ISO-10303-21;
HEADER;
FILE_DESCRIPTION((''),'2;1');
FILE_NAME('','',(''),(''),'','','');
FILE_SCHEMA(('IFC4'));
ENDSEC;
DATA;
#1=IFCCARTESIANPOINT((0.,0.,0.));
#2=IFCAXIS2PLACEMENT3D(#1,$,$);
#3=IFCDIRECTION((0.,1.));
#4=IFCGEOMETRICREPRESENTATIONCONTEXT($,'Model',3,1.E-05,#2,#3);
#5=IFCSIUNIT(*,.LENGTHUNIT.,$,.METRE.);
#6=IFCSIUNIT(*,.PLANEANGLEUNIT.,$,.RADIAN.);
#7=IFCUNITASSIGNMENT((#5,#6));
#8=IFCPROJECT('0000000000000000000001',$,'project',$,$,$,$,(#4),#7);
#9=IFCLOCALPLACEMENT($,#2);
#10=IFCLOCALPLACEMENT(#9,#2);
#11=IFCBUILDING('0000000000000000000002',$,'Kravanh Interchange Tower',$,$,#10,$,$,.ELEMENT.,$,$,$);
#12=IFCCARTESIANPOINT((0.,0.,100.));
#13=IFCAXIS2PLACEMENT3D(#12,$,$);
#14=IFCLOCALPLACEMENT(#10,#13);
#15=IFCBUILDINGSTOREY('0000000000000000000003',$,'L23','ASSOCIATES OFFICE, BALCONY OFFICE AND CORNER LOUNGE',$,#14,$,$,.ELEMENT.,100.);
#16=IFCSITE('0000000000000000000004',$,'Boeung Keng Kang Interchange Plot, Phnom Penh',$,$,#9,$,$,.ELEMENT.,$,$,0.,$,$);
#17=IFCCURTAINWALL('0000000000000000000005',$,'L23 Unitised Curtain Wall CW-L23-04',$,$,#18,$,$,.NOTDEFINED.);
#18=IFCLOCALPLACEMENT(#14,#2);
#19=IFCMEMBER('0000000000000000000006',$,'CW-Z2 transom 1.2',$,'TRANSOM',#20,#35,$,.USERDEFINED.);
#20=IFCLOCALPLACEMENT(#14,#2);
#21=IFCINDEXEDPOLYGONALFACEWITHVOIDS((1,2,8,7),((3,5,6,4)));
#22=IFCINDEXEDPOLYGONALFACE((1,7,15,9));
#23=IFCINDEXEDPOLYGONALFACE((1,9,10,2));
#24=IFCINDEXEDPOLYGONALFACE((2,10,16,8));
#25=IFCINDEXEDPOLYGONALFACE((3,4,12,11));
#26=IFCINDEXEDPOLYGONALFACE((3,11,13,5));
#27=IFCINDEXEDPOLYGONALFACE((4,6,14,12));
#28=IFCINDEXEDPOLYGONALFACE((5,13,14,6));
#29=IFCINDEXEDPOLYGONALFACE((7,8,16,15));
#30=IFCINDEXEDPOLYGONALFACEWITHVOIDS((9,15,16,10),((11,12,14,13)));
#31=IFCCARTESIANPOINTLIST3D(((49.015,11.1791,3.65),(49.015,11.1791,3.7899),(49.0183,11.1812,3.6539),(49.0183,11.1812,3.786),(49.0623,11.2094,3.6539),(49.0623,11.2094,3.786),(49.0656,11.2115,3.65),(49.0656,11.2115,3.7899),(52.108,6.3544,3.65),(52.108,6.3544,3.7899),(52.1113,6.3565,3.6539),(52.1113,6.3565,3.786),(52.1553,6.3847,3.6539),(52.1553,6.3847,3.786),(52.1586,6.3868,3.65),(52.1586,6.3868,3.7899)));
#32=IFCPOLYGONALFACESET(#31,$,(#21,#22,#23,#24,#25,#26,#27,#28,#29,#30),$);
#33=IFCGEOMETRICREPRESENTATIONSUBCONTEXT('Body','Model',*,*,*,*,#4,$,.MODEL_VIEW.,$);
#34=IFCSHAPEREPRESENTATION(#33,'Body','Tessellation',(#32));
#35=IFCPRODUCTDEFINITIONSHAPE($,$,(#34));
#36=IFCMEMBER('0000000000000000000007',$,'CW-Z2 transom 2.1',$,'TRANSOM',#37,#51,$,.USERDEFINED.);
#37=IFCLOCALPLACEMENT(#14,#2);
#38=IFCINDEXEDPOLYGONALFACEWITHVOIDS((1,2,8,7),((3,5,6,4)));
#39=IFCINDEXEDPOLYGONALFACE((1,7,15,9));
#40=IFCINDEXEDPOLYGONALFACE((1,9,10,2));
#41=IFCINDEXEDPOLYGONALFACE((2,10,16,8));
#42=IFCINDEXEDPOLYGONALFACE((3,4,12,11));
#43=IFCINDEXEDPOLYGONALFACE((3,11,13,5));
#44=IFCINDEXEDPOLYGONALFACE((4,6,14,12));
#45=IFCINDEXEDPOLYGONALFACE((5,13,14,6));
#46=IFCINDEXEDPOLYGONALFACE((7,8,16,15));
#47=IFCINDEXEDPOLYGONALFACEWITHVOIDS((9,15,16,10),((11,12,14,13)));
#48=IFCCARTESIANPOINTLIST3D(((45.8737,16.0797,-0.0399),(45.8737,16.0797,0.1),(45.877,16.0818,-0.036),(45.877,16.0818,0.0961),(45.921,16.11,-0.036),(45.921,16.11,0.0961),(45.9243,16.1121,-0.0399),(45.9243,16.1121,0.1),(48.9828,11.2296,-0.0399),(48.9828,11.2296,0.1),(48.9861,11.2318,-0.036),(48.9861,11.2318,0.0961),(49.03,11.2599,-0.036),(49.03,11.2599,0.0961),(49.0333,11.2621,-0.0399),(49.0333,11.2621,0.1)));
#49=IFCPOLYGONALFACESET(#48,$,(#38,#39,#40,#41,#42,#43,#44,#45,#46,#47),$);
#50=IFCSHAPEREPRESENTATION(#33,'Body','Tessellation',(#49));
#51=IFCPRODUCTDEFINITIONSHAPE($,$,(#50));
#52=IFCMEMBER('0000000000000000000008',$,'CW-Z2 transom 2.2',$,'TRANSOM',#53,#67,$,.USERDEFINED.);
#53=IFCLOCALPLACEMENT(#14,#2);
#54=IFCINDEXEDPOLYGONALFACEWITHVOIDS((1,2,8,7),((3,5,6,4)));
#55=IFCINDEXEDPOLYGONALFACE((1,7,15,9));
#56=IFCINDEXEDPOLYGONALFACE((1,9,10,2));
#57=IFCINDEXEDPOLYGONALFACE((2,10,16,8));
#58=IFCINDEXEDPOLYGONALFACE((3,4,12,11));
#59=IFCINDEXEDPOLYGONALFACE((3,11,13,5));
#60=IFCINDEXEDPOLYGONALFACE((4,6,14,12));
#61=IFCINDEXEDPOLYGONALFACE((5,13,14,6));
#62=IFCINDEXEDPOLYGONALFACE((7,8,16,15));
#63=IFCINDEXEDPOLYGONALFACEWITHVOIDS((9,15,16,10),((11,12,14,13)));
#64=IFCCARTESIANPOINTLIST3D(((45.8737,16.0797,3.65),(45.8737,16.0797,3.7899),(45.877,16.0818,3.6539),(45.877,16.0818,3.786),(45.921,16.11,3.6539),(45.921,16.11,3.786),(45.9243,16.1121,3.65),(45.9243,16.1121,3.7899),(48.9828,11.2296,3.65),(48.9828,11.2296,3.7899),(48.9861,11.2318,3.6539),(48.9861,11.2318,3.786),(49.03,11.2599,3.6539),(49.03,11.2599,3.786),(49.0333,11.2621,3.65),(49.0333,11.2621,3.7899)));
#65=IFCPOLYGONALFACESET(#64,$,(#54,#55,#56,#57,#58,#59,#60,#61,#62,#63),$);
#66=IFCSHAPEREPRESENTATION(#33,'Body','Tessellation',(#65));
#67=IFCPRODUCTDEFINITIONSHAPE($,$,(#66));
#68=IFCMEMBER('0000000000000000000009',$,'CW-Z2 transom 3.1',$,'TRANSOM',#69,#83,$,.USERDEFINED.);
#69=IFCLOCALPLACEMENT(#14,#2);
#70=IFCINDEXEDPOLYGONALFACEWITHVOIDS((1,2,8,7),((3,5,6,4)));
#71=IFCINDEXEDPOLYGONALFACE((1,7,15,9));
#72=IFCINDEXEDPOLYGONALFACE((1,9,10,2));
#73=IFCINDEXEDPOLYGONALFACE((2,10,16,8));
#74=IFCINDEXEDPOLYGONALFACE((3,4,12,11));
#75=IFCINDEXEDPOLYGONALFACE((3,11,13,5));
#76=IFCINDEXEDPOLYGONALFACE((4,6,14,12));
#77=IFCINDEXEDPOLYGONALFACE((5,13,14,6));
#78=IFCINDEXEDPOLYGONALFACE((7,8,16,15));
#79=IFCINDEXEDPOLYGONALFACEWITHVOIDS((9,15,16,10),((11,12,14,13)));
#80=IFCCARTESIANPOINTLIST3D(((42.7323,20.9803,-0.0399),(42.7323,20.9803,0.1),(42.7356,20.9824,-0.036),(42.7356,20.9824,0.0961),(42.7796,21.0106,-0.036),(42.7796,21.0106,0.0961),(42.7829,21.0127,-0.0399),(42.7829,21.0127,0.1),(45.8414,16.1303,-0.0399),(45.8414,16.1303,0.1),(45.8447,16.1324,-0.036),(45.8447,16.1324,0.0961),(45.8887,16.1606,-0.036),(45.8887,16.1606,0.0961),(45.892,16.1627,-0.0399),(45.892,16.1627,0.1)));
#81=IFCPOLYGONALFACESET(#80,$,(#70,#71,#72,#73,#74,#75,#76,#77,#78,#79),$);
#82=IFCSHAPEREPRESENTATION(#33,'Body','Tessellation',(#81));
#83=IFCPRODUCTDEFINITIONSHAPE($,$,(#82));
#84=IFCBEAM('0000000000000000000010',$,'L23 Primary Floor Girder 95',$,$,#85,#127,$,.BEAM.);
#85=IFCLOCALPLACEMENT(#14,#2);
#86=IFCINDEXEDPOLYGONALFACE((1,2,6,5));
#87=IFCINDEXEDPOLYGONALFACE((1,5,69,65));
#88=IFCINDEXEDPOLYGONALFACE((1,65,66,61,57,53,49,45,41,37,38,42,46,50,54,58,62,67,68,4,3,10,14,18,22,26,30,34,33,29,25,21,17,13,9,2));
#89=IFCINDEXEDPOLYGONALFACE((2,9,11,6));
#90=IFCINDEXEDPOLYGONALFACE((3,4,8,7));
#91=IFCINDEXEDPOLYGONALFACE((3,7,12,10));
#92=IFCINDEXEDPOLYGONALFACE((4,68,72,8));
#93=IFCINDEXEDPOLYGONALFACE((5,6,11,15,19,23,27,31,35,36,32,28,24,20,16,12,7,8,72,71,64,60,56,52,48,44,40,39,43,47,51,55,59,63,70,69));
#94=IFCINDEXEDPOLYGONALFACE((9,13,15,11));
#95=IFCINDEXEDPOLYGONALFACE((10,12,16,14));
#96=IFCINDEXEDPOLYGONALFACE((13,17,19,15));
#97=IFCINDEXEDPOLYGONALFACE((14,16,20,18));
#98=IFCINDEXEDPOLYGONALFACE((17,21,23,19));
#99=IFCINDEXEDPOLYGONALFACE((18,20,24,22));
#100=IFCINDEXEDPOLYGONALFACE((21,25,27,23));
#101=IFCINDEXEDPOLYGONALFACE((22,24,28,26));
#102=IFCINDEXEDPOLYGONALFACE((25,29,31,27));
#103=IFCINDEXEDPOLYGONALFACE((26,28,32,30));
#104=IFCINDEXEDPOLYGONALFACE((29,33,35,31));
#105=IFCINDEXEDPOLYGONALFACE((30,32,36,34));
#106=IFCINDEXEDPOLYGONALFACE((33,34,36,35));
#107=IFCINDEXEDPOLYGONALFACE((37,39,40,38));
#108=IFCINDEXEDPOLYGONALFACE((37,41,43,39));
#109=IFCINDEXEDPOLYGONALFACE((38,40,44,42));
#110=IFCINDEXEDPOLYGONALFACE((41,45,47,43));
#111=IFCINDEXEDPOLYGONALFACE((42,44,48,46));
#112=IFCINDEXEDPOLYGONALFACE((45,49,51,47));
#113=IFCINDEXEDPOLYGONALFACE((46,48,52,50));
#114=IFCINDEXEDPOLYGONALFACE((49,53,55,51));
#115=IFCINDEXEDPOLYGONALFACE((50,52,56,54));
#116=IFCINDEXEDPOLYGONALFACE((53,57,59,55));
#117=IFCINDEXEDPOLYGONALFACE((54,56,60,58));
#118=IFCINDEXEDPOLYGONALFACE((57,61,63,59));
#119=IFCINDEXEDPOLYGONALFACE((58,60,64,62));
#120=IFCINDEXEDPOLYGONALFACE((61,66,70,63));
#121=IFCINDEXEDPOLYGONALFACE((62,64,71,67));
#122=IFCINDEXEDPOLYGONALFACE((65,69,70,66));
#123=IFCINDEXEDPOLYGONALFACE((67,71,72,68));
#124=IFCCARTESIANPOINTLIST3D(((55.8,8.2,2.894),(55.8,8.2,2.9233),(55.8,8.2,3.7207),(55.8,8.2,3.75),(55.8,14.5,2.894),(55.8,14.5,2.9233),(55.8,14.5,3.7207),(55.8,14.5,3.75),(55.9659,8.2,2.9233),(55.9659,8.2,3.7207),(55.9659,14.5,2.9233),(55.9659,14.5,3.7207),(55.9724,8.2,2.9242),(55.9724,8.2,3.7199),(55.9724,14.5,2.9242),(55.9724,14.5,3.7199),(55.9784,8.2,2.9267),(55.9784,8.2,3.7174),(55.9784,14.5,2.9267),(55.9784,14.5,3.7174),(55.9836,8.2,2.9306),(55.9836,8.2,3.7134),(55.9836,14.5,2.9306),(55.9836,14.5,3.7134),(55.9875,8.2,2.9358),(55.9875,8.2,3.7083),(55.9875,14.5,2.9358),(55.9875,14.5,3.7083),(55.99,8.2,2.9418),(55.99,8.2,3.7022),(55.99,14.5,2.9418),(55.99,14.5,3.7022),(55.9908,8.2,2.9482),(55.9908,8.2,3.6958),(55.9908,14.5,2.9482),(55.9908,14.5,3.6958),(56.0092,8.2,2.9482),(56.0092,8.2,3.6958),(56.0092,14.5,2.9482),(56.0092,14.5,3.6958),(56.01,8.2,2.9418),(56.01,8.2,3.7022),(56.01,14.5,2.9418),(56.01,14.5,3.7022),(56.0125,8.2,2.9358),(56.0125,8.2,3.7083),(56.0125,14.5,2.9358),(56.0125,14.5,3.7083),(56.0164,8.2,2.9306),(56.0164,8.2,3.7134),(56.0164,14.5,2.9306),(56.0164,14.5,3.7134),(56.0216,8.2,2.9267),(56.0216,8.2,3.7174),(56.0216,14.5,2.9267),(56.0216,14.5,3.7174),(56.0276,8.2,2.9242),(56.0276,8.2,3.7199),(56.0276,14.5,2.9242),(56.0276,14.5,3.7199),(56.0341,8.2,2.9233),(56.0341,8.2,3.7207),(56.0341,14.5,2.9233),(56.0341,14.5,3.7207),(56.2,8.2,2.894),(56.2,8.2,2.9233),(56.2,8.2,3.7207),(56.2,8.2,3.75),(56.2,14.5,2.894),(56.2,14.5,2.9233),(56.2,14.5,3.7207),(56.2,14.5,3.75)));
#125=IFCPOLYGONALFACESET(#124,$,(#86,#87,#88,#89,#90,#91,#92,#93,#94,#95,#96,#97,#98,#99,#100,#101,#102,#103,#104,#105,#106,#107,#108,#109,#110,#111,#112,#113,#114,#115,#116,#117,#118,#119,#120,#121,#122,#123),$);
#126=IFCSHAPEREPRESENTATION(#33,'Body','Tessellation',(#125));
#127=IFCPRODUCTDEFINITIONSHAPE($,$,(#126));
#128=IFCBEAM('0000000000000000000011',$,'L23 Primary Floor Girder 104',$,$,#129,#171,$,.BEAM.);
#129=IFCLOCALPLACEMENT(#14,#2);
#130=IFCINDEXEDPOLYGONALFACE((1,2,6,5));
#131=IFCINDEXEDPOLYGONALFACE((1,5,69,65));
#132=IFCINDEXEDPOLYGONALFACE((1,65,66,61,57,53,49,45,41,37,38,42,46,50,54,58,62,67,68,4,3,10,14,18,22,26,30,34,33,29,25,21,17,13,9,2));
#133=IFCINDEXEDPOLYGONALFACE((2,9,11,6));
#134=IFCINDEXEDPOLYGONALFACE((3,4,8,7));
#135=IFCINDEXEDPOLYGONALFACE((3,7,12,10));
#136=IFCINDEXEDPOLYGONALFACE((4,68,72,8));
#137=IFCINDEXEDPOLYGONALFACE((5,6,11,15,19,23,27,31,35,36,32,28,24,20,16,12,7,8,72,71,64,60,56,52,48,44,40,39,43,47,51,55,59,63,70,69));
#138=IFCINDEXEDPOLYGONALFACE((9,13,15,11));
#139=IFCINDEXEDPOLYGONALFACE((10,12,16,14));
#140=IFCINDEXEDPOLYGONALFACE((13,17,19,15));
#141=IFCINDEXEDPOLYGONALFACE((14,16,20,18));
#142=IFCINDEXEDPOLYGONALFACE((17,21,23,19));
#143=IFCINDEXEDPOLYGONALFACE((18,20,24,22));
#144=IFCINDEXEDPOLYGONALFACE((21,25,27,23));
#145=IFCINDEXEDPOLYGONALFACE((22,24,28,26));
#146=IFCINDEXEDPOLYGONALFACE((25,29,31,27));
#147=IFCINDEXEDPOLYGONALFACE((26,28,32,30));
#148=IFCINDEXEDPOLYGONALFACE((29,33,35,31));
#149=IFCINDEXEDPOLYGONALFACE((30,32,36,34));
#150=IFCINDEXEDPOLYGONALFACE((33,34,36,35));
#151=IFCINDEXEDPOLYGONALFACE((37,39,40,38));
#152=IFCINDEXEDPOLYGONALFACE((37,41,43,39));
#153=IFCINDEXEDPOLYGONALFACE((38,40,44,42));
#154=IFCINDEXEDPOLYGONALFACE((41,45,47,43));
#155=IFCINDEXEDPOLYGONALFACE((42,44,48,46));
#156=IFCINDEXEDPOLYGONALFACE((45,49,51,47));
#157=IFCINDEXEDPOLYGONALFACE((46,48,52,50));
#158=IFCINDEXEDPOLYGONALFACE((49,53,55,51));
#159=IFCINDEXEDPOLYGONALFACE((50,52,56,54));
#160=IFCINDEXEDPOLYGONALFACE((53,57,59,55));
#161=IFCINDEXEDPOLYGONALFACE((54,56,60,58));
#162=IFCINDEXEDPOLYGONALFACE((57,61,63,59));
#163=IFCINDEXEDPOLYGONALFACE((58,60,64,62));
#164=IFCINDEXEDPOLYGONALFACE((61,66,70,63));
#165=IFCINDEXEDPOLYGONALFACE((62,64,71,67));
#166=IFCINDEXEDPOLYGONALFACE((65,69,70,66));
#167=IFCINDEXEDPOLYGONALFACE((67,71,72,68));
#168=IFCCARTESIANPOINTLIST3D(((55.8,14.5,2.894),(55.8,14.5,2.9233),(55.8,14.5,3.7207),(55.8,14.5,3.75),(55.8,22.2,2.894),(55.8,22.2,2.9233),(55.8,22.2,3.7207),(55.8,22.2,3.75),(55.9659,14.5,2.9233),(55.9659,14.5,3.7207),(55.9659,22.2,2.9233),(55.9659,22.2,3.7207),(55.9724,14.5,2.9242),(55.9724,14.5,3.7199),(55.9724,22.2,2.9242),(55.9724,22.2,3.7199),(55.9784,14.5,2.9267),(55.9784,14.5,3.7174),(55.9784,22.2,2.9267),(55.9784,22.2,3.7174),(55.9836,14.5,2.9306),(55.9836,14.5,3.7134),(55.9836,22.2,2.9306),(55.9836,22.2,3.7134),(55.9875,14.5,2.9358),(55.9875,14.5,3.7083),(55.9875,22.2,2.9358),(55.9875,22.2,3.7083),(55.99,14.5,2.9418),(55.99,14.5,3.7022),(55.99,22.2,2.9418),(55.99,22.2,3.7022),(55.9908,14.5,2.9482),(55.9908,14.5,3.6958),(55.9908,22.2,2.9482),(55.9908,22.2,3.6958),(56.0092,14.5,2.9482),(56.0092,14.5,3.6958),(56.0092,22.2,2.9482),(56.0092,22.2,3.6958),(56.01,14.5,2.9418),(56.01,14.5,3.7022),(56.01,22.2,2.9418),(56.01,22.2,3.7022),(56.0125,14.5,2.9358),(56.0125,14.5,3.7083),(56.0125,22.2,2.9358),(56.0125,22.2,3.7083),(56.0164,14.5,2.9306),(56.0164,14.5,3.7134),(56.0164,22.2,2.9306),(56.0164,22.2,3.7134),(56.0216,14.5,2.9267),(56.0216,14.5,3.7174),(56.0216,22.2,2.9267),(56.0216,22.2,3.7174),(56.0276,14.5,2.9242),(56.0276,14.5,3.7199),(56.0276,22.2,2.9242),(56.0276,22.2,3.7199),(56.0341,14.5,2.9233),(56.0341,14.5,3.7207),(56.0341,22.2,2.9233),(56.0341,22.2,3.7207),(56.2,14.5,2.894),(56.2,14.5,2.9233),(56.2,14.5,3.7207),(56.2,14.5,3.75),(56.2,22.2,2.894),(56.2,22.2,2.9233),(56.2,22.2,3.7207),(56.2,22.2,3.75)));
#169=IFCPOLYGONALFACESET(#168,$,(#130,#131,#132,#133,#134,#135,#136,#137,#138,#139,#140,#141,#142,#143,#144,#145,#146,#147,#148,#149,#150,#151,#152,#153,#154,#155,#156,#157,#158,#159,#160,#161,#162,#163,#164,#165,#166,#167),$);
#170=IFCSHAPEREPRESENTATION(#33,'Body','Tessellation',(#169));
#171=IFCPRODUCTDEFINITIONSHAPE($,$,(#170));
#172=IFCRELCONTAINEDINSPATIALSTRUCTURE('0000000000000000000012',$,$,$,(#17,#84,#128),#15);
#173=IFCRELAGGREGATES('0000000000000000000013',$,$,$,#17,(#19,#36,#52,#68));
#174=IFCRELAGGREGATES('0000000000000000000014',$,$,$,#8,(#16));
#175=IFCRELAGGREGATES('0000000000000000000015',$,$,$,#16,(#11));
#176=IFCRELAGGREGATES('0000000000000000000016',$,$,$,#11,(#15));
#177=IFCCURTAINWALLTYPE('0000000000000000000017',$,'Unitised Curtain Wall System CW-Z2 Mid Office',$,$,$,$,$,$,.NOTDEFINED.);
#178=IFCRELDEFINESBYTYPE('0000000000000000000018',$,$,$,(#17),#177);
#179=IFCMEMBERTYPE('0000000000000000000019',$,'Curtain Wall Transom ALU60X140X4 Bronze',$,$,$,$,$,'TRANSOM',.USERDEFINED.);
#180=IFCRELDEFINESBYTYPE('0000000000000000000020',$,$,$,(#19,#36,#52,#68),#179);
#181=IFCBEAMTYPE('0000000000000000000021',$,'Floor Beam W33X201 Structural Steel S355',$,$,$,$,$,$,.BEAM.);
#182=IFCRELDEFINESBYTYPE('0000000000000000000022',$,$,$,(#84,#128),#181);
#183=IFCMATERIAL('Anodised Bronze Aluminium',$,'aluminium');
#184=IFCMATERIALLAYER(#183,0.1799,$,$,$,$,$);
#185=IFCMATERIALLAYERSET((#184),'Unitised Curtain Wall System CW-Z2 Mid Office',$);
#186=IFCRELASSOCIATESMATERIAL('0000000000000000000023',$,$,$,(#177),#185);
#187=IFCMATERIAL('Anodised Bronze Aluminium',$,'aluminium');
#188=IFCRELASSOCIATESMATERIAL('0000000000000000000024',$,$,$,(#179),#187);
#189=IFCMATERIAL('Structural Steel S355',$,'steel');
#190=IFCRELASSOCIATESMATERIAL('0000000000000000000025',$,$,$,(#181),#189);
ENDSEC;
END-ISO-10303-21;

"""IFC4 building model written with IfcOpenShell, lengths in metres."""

from ifc_helpers import new_model, si_unit, direction, frame, origin, origin_2d, place, context, subcontext, project, spatial, hollow_rectangle, i_section, extrude, material, layer, layer_set, material_profile, profile_set, type_object, element, aggregate, save


model = new_model("IFC4")

# Units and contexts
model_context = context("Model", 3, precision=1e-05, world=origin(), true_north=direction((0.0, 1.0)))
body_context = subcontext(model_context, "Body", "Model", "MODEL_VIEW")
ifc_project = project(units=[si_unit("LENGTHUNIT", "METRE"), si_unit("PLANEANGLEUNIT", "RADIAN")], contexts=[model_context])

# Site, building, storey
site_placement = place(None, origin())
site = spatial("IfcSite", under=ifc_project, at=site_placement, Name="Boeung Keng Kang Interchange Plot, Phnom Penh", CompositionType="ELEMENT", RefElevation=0.0)
building_placement = place(site_placement, origin())
building = spatial("IfcBuilding", under=site, at=building_placement, Name="Kravanh Interchange Tower", CompositionType="ELEMENT")
storey_placement = place(building_placement, frame((0.0, 0.0, 100.0)))
storey = spatial("IfcBuildingStorey", under=building, at=storey_placement, Name="L23", Description="ASSOCIATES OFFICE, BALCONY OFFICE AND CORNER LOUNGE", CompositionType="ELEMENT", Elevation=100.0)

# Shared definitions
ifc_material_1 = material(Name="Anodised Bronze Aluminium", Category="aluminium")
ifc_layer_1 = layer(ifc_material_1, 0.1799)
ifc_layer_set_1 = layer_set([ifc_layer_1], Name="Unitised Curtain Wall System CW-Z2 Mid Office")
curtain_wall_type = type_object("IfcCurtainWallType", Name="Unitised Curtain Wall System CW-Z2 Mid Office", PredefinedType="NOTDEFINED", material=ifc_layer_set_1)

# Curtain wall, members
curtain_wall_1_placement = place(storey_placement, origin())
curtain_wall_1 = element("IfcCurtainWall", 1, at=curtain_wall_1_placement, inside=storey, type_object=curtain_wall_type, Name="L23 Unitised Curtain Wall CW-L23-04", PredefinedType="NOTDEFINED")
ifc_material_2 = material(Name="Anodised Bronze Aluminium", Category="aluminium")
ifc_material_profile_1 = material_profile(ifc_material_2, hollow_rectangle(XDim=0.0601, YDim=0.1399, WallThickness=0.0039, at=origin_2d()), Name="ALU60X140X4")
ifc_profile_set_1 = profile_set([ifc_material_profile_1], Name="Anodised Bronze Aluminium")
member_type_1 = type_object("IfcMemberType", Name="Curtain Wall Transom ALU60X140X4 Bronze", ElementType="TRANSOM", PredefinedType="USERDEFINED", material=ifc_profile_set_1)
member_1_placement = place(storey_placement, frame((52.1333, 6.3706, 3.72), z_axis=(-0.539698, 0.841859, 0.0), x_axis=(-0.841859, -0.539698, 0.0)))
member_1 = element("IfcMember", 2, at=member_1_placement, type_object=member_type_1, Name="CW-Z2 transom 1.2", ObjectType="TRANSOM", PredefinedType="USERDEFINED", context=body_context, shape_type="SweptSolid", body=[
    extrude(hollow_rectangle(XDim=0.0601, YDim=0.1399, WallThickness=0.0039, at=origin_2d()), origin(), (0.0, 0.0, 1.0), 5.731),
])
member_2_placement = place(storey_placement, frame((49.0081, 11.2458, 0.03), z_axis=(-0.539678, 0.841872, 0.0), x_axis=(-0.841872, -0.539678, 0.0)))
member_2 = element("IfcMember", 3, at=member_2_placement, type_object=member_type_1, Name="CW-Z2 transom 2.1", ObjectType="TRANSOM", PredefinedType="USERDEFINED", context=body_context, shape_type="SweptSolid", body=[
    extrude(hollow_rectangle(XDim=0.0601, YDim=0.1399, WallThickness=0.0039, at=origin_2d()), origin(), (0.0, 0.0, 1.0), 5.761),
])
member_3_placement = place(storey_placement, frame((49.0081, 11.2458, 3.72), z_axis=(-0.539678, 0.841872, 0.0), x_axis=(-0.841872, -0.539678, 0.0)))
member_3 = element("IfcMember", 4, at=member_3_placement, type_object=member_type_1, Name="CW-Z2 transom 2.2", ObjectType="TRANSOM", PredefinedType="USERDEFINED", context=body_context, shape_type="SweptSolid", body=[
    extrude(hollow_rectangle(XDim=0.0601, YDim=0.1399, WallThickness=0.0039, at=origin_2d()), origin(), (0.0, 0.0, 1.0), 5.761),
])
member_4_placement = place(storey_placement, frame((45.8667, 16.1465, 0.03), z_axis=(-0.539678, 0.841872, 0.0), x_axis=(-0.841872, -0.539678, 0.0)))
member_4 = element("IfcMember", 5, at=member_4_placement, type_object=member_type_1, Name="CW-Z2 transom 3.1", ObjectType="TRANSOM", PredefinedType="USERDEFINED", context=body_context, shape_type="SweptSolid", body=[
    extrude(hollow_rectangle(XDim=0.0601, YDim=0.1399, WallThickness=0.0039, at=origin_2d()), origin(), (0.0, 0.0, 1.0), 5.761),
])

# Beams
ifc_material_3 = material(Name="Structural Steel S355", Category="steel")
ifc_material_profile_2 = material_profile(ifc_material_3, i_section(OverallWidth=0.3999, OverallDepth=0.856, WebThickness=0.0183, FlangeThickness=0.0293, FilletRadius=0.0249, at=origin_2d()), Name="W33X201")
ifc_profile_set_2 = profile_set([ifc_material_profile_2], Name="Structural Steel S355")
beam_type_1 = type_object("IfcBeamType", Name="Floor Beam W33X201 Structural Steel S355", PredefinedType="BEAM", material=ifc_profile_set_2)
beam_1_placement = place(storey_placement, frame((56.0, 8.2, 3.322), z_axis=(0.0, 1.0, 0.0), x_axis=(-1.0, 0.0, 0.0)))
element("IfcBeam", 6, at=beam_1_placement, inside=storey, type_object=beam_type_1, Name="L23 Primary Floor Girder 95", PredefinedType="BEAM", context=body_context, shape_type="SweptSolid", body=[
    extrude(i_section(OverallWidth=0.3999, OverallDepth=0.856, WebThickness=0.0183, FlangeThickness=0.0293, FilletRadius=0.0249, at=origin_2d()), origin(), (0.0, 0.0, 1.0), 6.3),
])
beam_2_placement = place(storey_placement, frame((56.0, 14.5, 3.322), z_axis=(0.0, 1.0, 0.0), x_axis=(-1.0, 0.0, 0.0)))
element("IfcBeam", 7, at=beam_2_placement, inside=storey, type_object=beam_type_1, Name="L23 Primary Floor Girder 104", PredefinedType="BEAM", context=body_context, shape_type="SweptSolid", body=[
    extrude(i_section(OverallWidth=0.3999, OverallDepth=0.856, WebThickness=0.0183, FlangeThickness=0.0293, FilletRadius=0.0249, at=origin_2d()), origin(), (0.0, 0.0, 1.0), 7.7),
])

aggregate(curtain_wall_1, [member_1, member_2, member_3, member_4])

save(model, "model.ifc")
